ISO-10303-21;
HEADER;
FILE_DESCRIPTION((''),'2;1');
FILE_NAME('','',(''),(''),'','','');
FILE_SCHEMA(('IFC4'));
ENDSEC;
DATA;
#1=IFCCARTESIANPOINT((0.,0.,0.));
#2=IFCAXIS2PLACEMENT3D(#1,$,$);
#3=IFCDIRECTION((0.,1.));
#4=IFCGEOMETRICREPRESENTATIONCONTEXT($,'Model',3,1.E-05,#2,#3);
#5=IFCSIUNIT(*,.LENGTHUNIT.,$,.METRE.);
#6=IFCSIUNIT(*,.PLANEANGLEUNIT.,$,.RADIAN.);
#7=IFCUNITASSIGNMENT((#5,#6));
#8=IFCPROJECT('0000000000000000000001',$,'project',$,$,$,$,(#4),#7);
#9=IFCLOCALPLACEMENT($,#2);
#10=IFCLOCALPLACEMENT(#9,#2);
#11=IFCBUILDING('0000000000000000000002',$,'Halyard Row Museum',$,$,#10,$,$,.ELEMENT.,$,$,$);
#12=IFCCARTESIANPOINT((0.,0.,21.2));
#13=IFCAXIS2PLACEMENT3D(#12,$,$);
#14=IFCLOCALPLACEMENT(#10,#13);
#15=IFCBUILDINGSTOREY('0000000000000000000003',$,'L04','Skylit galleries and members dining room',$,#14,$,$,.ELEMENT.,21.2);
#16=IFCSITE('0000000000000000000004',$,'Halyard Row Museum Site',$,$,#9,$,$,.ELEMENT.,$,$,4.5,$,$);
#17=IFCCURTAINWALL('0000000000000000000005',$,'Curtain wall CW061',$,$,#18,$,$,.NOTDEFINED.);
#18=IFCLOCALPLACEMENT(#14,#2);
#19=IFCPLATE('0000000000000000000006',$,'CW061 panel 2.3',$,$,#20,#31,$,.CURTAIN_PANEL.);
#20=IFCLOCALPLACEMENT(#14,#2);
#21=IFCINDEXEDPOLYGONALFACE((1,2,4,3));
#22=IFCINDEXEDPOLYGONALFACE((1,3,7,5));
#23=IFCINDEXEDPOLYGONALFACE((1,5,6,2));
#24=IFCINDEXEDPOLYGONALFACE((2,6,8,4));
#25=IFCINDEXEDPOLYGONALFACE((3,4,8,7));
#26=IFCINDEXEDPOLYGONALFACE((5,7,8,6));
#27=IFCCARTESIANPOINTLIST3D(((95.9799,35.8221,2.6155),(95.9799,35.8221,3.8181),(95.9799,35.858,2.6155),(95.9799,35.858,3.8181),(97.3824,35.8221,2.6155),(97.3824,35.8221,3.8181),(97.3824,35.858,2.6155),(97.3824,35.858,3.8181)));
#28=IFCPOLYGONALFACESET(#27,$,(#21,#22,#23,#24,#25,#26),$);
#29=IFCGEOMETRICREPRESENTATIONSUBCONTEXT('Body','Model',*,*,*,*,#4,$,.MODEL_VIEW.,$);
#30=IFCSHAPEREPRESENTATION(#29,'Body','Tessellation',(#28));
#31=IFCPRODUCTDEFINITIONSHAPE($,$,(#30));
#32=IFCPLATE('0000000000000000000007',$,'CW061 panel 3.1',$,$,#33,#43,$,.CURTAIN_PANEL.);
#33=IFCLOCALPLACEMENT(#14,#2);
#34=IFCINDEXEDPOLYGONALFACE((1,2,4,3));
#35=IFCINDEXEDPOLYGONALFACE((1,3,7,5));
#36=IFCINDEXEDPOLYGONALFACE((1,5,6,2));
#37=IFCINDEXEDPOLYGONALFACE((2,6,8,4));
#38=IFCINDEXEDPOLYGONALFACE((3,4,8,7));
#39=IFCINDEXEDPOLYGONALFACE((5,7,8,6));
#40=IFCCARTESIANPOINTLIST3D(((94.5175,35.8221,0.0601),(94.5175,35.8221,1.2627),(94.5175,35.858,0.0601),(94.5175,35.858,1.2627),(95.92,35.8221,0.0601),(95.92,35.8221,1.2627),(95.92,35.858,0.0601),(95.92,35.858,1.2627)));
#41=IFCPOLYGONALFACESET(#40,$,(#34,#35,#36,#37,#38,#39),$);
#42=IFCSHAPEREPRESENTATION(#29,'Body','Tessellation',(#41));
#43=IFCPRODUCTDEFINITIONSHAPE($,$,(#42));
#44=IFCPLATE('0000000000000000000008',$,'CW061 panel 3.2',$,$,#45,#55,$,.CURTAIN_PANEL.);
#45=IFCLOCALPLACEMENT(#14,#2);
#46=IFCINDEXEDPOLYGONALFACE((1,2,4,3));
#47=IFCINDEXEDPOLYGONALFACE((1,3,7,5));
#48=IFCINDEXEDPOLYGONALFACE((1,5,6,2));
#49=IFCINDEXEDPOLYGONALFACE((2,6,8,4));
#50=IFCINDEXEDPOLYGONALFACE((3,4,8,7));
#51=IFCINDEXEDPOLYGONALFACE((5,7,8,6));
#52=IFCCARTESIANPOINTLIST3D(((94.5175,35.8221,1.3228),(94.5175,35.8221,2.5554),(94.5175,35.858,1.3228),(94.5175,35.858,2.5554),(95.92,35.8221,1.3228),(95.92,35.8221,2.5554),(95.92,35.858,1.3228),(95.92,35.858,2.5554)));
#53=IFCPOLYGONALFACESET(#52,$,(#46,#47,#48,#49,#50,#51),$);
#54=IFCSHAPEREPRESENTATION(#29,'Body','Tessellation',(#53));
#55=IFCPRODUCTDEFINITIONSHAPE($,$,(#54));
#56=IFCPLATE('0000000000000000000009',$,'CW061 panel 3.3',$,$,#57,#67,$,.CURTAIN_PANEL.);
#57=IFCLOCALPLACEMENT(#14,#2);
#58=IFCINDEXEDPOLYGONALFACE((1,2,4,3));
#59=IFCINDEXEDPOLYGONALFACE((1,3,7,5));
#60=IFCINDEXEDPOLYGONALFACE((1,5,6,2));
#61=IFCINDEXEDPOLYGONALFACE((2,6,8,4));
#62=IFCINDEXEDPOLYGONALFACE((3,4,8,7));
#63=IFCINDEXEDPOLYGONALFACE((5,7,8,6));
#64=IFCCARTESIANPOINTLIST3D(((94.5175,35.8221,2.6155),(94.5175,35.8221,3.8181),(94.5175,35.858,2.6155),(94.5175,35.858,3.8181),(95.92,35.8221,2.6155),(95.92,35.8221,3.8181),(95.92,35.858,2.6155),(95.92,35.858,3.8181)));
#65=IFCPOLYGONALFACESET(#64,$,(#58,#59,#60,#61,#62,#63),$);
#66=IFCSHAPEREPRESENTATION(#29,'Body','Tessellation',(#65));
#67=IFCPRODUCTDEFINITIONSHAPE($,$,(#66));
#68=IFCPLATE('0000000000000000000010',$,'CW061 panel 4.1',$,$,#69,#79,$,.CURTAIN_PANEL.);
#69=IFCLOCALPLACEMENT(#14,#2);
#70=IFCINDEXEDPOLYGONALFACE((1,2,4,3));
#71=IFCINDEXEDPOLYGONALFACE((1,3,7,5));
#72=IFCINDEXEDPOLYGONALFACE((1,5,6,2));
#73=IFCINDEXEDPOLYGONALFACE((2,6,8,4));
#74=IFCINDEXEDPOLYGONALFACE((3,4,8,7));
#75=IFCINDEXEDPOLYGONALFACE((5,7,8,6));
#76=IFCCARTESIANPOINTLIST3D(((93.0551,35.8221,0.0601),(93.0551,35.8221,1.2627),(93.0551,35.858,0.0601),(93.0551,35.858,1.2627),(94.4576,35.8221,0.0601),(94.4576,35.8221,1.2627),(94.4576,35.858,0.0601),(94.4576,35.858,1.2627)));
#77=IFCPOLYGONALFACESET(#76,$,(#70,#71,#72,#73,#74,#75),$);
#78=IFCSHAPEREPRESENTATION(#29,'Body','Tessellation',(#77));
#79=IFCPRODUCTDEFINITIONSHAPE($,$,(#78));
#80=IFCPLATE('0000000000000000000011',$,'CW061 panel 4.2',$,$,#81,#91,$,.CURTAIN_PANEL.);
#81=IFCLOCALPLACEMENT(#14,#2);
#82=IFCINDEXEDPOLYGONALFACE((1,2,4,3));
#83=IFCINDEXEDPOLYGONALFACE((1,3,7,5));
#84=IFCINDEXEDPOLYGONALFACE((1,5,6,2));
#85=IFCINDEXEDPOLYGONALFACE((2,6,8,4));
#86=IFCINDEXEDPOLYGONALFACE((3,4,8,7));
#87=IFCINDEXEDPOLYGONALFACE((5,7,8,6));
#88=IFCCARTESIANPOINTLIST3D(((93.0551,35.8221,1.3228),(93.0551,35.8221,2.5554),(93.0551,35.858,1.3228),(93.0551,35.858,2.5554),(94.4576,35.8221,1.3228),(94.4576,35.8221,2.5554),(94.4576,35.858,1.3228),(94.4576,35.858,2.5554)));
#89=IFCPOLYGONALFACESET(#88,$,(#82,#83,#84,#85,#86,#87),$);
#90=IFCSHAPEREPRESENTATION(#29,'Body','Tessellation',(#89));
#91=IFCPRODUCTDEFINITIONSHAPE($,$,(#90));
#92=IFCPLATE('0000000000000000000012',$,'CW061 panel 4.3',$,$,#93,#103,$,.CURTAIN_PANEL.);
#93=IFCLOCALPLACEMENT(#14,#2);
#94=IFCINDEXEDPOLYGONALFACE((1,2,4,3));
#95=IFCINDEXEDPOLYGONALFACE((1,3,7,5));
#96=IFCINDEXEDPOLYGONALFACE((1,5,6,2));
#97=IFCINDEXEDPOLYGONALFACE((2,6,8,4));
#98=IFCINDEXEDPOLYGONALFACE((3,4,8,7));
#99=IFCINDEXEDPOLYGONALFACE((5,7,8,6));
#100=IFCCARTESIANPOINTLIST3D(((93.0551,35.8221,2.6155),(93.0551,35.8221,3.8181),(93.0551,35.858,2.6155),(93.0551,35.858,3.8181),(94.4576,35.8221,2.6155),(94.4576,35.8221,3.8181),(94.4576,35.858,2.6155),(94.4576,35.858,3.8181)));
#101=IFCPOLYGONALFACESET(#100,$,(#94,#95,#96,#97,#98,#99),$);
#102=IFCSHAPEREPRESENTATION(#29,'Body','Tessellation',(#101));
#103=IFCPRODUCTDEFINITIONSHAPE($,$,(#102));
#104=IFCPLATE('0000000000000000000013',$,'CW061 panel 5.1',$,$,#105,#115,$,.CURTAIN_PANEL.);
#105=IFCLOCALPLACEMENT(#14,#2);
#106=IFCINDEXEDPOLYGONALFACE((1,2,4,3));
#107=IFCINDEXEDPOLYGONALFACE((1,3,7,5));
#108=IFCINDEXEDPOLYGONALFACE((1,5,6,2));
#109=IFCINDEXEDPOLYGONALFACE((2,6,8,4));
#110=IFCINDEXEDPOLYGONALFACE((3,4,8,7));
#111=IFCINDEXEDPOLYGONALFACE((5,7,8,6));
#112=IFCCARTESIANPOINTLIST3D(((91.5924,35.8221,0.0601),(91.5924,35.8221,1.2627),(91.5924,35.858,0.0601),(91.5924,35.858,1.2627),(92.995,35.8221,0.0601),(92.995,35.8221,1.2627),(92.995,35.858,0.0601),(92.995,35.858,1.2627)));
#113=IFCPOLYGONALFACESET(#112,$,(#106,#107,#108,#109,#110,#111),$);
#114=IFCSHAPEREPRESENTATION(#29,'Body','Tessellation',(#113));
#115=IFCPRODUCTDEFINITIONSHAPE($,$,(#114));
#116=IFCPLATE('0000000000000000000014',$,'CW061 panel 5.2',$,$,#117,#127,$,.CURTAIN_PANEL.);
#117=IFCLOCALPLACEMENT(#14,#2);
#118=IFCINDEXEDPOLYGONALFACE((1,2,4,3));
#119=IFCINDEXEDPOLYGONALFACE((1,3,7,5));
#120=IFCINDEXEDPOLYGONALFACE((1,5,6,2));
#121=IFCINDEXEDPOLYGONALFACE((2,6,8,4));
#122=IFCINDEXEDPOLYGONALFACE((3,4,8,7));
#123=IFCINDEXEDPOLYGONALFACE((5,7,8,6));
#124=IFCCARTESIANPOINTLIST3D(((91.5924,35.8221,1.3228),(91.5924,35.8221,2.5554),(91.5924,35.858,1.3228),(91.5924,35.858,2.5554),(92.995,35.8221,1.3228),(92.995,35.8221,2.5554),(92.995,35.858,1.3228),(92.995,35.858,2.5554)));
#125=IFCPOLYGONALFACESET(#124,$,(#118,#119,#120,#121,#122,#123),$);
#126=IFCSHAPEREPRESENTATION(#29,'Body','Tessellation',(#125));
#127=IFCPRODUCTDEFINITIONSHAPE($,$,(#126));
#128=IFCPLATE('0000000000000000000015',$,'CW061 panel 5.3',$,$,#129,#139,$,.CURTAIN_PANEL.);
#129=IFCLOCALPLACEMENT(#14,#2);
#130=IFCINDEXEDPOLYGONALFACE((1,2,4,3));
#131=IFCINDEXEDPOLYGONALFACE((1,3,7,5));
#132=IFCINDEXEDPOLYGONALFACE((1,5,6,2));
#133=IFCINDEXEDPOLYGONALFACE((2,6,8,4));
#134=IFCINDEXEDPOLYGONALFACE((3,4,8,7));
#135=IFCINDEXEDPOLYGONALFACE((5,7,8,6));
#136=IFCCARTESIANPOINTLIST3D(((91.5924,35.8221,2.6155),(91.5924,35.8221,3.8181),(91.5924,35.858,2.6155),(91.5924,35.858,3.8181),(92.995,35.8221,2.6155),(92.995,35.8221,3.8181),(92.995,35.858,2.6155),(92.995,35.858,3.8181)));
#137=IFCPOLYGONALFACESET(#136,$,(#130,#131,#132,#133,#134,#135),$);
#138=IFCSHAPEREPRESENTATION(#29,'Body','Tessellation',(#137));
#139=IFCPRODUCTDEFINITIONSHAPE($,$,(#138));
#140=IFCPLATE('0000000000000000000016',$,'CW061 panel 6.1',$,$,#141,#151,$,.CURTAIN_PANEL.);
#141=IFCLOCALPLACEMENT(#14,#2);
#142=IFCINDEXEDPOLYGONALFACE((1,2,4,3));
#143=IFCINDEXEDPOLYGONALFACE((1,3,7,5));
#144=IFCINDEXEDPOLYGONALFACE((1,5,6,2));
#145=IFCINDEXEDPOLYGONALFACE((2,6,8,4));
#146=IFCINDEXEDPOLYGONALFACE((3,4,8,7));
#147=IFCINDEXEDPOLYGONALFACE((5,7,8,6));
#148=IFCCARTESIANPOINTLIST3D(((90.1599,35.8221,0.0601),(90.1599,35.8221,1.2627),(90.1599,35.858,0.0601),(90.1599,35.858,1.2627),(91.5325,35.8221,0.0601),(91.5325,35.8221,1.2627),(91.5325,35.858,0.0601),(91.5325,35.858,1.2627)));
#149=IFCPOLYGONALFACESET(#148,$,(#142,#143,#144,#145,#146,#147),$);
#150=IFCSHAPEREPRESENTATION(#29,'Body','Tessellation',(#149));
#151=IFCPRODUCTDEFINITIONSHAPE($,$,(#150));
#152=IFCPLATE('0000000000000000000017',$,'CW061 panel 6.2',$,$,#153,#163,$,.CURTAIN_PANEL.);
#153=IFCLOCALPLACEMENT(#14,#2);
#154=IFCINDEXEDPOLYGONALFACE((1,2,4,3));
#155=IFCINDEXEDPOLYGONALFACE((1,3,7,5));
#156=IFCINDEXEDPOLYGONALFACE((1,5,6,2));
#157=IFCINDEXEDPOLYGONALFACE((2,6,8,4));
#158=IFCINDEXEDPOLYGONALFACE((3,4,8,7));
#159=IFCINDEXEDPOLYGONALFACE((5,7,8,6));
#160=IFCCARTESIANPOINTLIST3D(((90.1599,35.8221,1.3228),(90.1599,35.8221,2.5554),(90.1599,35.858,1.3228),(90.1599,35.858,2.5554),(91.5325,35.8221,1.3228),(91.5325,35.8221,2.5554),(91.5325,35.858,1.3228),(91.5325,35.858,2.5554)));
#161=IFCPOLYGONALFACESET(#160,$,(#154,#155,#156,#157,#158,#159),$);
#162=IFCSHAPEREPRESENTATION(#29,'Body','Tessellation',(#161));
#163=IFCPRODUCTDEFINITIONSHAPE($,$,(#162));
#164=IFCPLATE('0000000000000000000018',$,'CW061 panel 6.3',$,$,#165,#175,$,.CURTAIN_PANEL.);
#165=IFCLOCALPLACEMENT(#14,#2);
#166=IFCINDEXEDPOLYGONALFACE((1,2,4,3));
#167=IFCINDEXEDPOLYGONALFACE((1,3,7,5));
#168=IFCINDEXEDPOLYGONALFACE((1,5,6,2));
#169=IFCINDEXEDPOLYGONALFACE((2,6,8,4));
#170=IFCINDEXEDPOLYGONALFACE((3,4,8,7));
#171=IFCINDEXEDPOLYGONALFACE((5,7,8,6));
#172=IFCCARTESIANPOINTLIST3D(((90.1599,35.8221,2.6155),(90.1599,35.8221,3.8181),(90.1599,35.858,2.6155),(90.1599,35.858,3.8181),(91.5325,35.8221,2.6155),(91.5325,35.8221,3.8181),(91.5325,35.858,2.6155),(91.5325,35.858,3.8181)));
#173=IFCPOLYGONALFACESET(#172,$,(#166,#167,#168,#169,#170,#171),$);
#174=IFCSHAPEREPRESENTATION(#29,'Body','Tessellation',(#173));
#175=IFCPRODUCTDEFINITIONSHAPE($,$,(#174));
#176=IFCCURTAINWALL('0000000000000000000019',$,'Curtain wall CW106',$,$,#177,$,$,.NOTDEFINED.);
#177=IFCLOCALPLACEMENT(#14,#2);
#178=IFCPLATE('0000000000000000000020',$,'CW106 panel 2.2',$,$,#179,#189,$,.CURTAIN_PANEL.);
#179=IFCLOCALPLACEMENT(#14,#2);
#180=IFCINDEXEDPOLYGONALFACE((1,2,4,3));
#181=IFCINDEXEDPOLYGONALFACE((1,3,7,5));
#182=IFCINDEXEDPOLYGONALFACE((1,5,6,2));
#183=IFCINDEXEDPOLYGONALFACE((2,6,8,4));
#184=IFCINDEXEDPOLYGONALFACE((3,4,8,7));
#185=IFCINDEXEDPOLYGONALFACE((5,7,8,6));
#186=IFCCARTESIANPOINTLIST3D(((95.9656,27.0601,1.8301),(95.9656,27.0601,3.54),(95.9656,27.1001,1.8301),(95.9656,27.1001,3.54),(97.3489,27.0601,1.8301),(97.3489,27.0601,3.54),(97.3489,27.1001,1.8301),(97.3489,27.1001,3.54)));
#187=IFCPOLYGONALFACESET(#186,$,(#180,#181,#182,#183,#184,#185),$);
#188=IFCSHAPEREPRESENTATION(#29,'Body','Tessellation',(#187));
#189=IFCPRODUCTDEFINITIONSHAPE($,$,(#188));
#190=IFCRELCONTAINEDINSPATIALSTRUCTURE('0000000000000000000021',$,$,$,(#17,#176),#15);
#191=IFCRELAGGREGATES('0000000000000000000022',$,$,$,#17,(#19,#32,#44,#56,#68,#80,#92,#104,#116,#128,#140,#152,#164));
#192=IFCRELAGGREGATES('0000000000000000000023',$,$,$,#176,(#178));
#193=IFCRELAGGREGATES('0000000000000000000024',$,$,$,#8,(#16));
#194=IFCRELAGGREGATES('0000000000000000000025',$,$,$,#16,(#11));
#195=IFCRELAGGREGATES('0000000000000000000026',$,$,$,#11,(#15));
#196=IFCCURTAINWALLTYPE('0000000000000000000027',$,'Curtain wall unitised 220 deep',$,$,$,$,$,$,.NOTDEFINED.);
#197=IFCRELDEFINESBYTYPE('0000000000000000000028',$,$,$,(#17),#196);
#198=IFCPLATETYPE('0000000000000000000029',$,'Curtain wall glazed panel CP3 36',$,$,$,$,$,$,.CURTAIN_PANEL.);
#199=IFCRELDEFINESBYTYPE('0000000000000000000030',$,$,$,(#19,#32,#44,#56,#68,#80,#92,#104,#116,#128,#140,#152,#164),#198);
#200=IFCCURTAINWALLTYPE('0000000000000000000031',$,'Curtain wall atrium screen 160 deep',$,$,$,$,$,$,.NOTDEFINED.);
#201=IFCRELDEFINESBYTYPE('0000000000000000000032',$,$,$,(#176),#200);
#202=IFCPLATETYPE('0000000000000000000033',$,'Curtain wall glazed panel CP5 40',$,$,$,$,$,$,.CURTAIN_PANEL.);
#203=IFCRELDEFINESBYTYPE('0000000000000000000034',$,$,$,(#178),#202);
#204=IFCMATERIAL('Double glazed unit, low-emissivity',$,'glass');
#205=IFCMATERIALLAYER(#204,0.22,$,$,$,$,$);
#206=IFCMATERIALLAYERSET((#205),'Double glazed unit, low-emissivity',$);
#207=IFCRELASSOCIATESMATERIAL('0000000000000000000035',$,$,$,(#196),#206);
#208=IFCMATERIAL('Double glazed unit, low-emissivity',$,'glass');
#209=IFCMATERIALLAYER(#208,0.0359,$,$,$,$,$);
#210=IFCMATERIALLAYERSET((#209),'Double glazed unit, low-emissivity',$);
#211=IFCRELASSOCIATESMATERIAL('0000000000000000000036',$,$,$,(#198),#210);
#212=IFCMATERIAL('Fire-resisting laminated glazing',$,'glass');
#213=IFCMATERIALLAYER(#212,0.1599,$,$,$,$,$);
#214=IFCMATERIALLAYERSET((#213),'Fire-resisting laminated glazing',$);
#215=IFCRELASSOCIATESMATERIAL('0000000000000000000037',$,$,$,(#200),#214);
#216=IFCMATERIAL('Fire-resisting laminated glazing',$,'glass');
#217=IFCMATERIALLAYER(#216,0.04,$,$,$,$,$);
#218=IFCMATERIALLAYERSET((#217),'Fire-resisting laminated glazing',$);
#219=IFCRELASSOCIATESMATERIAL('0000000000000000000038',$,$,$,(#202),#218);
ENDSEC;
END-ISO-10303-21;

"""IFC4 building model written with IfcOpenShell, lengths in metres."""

from ifc_helpers import new_model, si_unit, direction, frame, origin, origin_2d, place, context, subcontext, project, spatial, rectangle, extrude, material, layer, layer_set, type_object, element, aggregate, save


model = new_model("IFC4")

# Units and contexts
model_context = context("Model", 3, precision=1e-05, world=origin(), true_north=direction((0.0, 1.0)))
body_context = subcontext(model_context, "Body", "Model", "MODEL_VIEW")
ifc_project = project(units=[si_unit("LENGTHUNIT", "METRE"), si_unit("PLANEANGLEUNIT", "RADIAN")], contexts=[model_context])

# Site, building, storey
site_placement = place(None, origin())
site = spatial("IfcSite", under=ifc_project, at=site_placement, Name="Halyard Row Museum Site", CompositionType="ELEMENT", RefElevation=4.5)
building_placement = place(site_placement, origin())
building = spatial("IfcBuilding", under=site, at=building_placement, Name="Halyard Row Museum", CompositionType="ELEMENT")
storey_placement = place(building_placement, frame((0.0, 0.0, 21.2)))
storey = spatial("IfcBuildingStorey", under=building, at=storey_placement, Name="L04", Description="Skylit galleries and members dining room", CompositionType="ELEMENT", Elevation=21.2)

# Curtain wall
ifc_material_1 = material(Name="Double glazed unit, low-emissivity", Category="glass")
ifc_layer_1 = layer(ifc_material_1, 0.22)
ifc_layer_set_1 = layer_set([ifc_layer_1], Name="Double glazed unit, low-emissivity")
curtain_wall_type_1 = type_object("IfcCurtainWallType", Name="Curtain wall unitised 220 deep", PredefinedType="NOTDEFINED", material=ifc_layer_set_1)
curtain_wall_1_placement = place(storey_placement, origin())
curtain_wall_1 = element("IfcCurtainWall", 1, at=curtain_wall_1_placement, inside=storey, type_object=curtain_wall_type_1, Name="Curtain wall CW061", PredefinedType="NOTDEFINED")

# Plates
ifc_material_2 = material(Name="Double glazed unit, low-emissivity", Category="glass")
ifc_layer_2 = layer(ifc_material_2, 0.0359)
ifc_layer_set_2 = layer_set([ifc_layer_2], Name="Double glazed unit, low-emissivity")
plate_type_1 = type_object("IfcPlateType", Name="Curtain wall glazed panel CP3 36", PredefinedType="CURTAIN_PANEL", material=ifc_layer_set_2)
plate_1_placement = place(storey_placement, frame((96.6812, 35.8401, 2.6155), z_axis=(0.0, 0.0, 1.0), x_axis=(-1.0, 0.0, 0.0)))
plate_1 = element("IfcPlate", 2, at=plate_1_placement, type_object=plate_type_1, Name="CW061 panel 2.3", PredefinedType="CURTAIN_PANEL", context=body_context, shape_type="SweptSolid", body=[
    extrude(rectangle(XDim=1.4026, YDim=0.0359, at=origin_2d()), origin(), (0.0, 0.0, 1.0), 1.2026),
])
plate_2_placement = place(storey_placement, frame((95.2188, 35.8401, 0.0601), z_axis=(0.0, 0.0, 1.0), x_axis=(-1.0, 0.0, 0.0)))
plate_2 = element("IfcPlate", 3, at=plate_2_placement, type_object=plate_type_1, Name="CW061 panel 3.1", PredefinedType="CURTAIN_PANEL", context=body_context, shape_type="SweptSolid", body=[
    extrude(rectangle(XDim=1.4026, YDim=0.0359, at=origin_2d()), origin(), (0.0, 0.0, 1.0), 1.2026),
])
plate_3_placement = place(storey_placement, frame((95.2188, 35.8401, 1.3228), z_axis=(0.0, 0.0, 1.0), x_axis=(-1.0, 0.0, 0.0)))
plate_3 = element("IfcPlate", 4, at=plate_3_placement, type_object=plate_type_1, Name="CW061 panel 3.2", PredefinedType="CURTAIN_PANEL", context=body_context, shape_type="SweptSolid", body=[
    extrude(rectangle(XDim=1.4026, YDim=0.0359, at=origin_2d()), origin(), (0.0, 0.0, 1.0), 1.2327),
])
plate_4_placement = place(storey_placement, frame((95.2188, 35.8401, 2.6155), z_axis=(0.0, 0.0, 1.0), x_axis=(-1.0, 0.0, 0.0)))
plate_4 = element("IfcPlate", 5, at=plate_4_placement, type_object=plate_type_1, Name="CW061 panel 3.3", PredefinedType="CURTAIN_PANEL", context=body_context, shape_type="SweptSolid", body=[
    extrude(rectangle(XDim=1.4026, YDim=0.0359, at=origin_2d()), origin(), (0.0, 0.0, 1.0), 1.2026),
])
plate_5_placement = place(storey_placement, frame((93.7563, 35.8401, 0.0601), z_axis=(0.0, 0.0, 1.0), x_axis=(-1.0, 0.0, 0.0)))
plate_5 = element("IfcPlate", 6, at=plate_5_placement, type_object=plate_type_1, Name="CW061 panel 4.1", PredefinedType="CURTAIN_PANEL", context=body_context, shape_type="SweptSolid", body=[
    extrude(rectangle(XDim=1.4026, YDim=0.0359, at=origin_2d()), origin(), (0.0, 0.0, 1.0), 1.2026),
])
plate_6_placement = place(storey_placement, frame((93.7563, 35.8401, 1.3228), z_axis=(0.0, 0.0, 1.0), x_axis=(-1.0, 0.0, 0.0)))
plate_6 = element("IfcPlate", 7, at=plate_6_placement, type_object=plate_type_1, Name="CW061 panel 4.2", PredefinedType="CURTAIN_PANEL", context=body_context, shape_type="SweptSolid", body=[
    extrude(rectangle(XDim=1.4026, YDim=0.0359, at=origin_2d()), origin(), (0.0, 0.0, 1.0), 1.2327),
])
plate_7_placement = place(storey_placement, frame((93.7563, 35.8401, 2.6155), z_axis=(0.0, 0.0, 1.0), x_axis=(-1.0, 0.0, 0.0)))
plate_7 = element("IfcPlate", 8, at=plate_7_placement, type_object=plate_type_1, Name="CW061 panel 4.3", PredefinedType="CURTAIN_PANEL", context=body_context, shape_type="SweptSolid", body=[
    extrude(rectangle(XDim=1.4026, YDim=0.0359, at=origin_2d()), origin(), (0.0, 0.0, 1.0), 1.2026),
])
plate_8_placement = place(storey_placement, frame((92.2937, 35.8401, 0.0601), z_axis=(0.0, 0.0, 1.0), x_axis=(-1.0, 0.0, 0.0)))
plate_8 = element("IfcPlate", 9, at=plate_8_placement, type_object=plate_type_1, Name="CW061 panel 5.1", PredefinedType="CURTAIN_PANEL", context=body_context, shape_type="SweptSolid", body=[
    extrude(rectangle(XDim=1.4026, YDim=0.0359, at=origin_2d()), origin(), (0.0, 0.0, 1.0), 1.2026),
])
plate_9_placement = place(storey_placement, frame((92.2937, 35.8401, 1.3228), z_axis=(0.0, 0.0, 1.0), x_axis=(-1.0, 0.0, 0.0)))
plate_9 = element("IfcPlate", 10, at=plate_9_placement, type_object=plate_type_1, Name="CW061 panel 5.2", PredefinedType="CURTAIN_PANEL", context=body_context, shape_type="SweptSolid", body=[
    extrude(rectangle(XDim=1.4026, YDim=0.0359, at=origin_2d()), origin(), (0.0, 0.0, 1.0), 1.2327),
])
plate_10_placement = place(storey_placement, frame((92.2937, 35.8401, 2.6155), z_axis=(0.0, 0.0, 1.0), x_axis=(-1.0, 0.0, 0.0)))
plate_10 = element("IfcPlate", 11, at=plate_10_placement, type_object=plate_type_1, Name="CW061 panel 5.3", PredefinedType="CURTAIN_PANEL", context=body_context, shape_type="SweptSolid", body=[
    extrude(rectangle(XDim=1.4026, YDim=0.0359, at=origin_2d()), origin(), (0.0, 0.0, 1.0), 1.2026),
])
plate_11_placement = place(storey_placement, frame((90.8462, 35.8401, 0.0601), z_axis=(0.0, 0.0, 1.0), x_axis=(-1.0, 0.0, 0.0)))
plate_11 = element("IfcPlate", 12, at=plate_11_placement, type_object=plate_type_1, Name="CW061 panel 6.1", PredefinedType="CURTAIN_PANEL", context=body_context, shape_type="SweptSolid", body=[
    extrude(rectangle(XDim=1.3726, YDim=0.0359, at=origin_2d()), origin(), (0.0, 0.0, 1.0), 1.2026),
])
plate_12_placement = place(storey_placement, frame((90.8462, 35.8401, 1.3228), z_axis=(0.0, 0.0, 1.0), x_axis=(-1.0, 0.0, 0.0)))
plate_12 = element("IfcPlate", 13, at=plate_12_placement, type_object=plate_type_1, Name="CW061 panel 6.2", PredefinedType="CURTAIN_PANEL", context=body_context, shape_type="SweptSolid", body=[
    extrude(rectangle(XDim=1.3726, YDim=0.0359, at=origin_2d()), origin(), (0.0, 0.0, 1.0), 1.2327),
])
plate_13_placement = place(storey_placement, frame((90.8462, 35.8401, 2.6155), z_axis=(0.0, 0.0, 1.0), x_axis=(-1.0, 0.0, 0.0)))
plate_13 = element("IfcPlate", 14, at=plate_13_placement, type_object=plate_type_1, Name="CW061 panel 6.3", PredefinedType="CURTAIN_PANEL", context=body_context, shape_type="SweptSolid", body=[
    extrude(rectangle(XDim=1.3726, YDim=0.0359, at=origin_2d()), origin(), (0.0, 0.0, 1.0), 1.2026),
])
aggregate(curtain_wall_1, [plate_1, plate_2, plate_3, plate_4, plate_5, plate_6, plate_7, plate_8, plate_9, plate_10, plate_11, plate_12, plate_13])

# Curtain wall, plate
ifc_material_3 = material(Name="Fire-resisting laminated glazing", Category="glass")
ifc_layer_3 = layer(ifc_material_3, 0.1599)
ifc_layer_set_3 = layer_set([ifc_layer_3], Name="Fire-resisting laminated glazing")
curtain_wall_type_2 = type_object("IfcCurtainWallType", Name="Curtain wall atrium screen 160 deep", PredefinedType="NOTDEFINED", material=ifc_layer_set_3)
curtain_wall_2_placement = place(storey_placement, origin())
curtain_wall_2 = element("IfcCurtainWall", 15, at=curtain_wall_2_placement, inside=storey, type_object=curtain_wall_type_2, Name="Curtain wall CW106", PredefinedType="NOTDEFINED")
ifc_material_4 = material(Name="Fire-resisting laminated glazing", Category="glass")
ifc_layer_4 = layer(ifc_material_4, 0.04)
ifc_layer_set_4 = layer_set([ifc_layer_4], Name="Fire-resisting laminated glazing")
plate_type_2 = type_object("IfcPlateType", Name="Curtain wall glazed panel CP5 40", PredefinedType="CURTAIN_PANEL", material=ifc_layer_set_4)
plate_14_placement = place(storey_placement, frame((96.6572, 27.0801, 1.8301), z_axis=(0.0, 0.0, 1.0), x_axis=(-1.0, 0.0, 0.0)))
plate_14 = element("IfcPlate", 16, at=plate_14_placement, type_object=plate_type_2, Name="CW106 panel 2.2", PredefinedType="CURTAIN_PANEL", context=body_context, shape_type="SweptSolid", body=[
    extrude(rectangle(XDim=1.3833, YDim=0.04, at=origin_2d()), origin(), (0.0, 0.0, 1.0), 1.71),
])
aggregate(curtain_wall_2, [plate_14])

save(model, "model.ifc")
